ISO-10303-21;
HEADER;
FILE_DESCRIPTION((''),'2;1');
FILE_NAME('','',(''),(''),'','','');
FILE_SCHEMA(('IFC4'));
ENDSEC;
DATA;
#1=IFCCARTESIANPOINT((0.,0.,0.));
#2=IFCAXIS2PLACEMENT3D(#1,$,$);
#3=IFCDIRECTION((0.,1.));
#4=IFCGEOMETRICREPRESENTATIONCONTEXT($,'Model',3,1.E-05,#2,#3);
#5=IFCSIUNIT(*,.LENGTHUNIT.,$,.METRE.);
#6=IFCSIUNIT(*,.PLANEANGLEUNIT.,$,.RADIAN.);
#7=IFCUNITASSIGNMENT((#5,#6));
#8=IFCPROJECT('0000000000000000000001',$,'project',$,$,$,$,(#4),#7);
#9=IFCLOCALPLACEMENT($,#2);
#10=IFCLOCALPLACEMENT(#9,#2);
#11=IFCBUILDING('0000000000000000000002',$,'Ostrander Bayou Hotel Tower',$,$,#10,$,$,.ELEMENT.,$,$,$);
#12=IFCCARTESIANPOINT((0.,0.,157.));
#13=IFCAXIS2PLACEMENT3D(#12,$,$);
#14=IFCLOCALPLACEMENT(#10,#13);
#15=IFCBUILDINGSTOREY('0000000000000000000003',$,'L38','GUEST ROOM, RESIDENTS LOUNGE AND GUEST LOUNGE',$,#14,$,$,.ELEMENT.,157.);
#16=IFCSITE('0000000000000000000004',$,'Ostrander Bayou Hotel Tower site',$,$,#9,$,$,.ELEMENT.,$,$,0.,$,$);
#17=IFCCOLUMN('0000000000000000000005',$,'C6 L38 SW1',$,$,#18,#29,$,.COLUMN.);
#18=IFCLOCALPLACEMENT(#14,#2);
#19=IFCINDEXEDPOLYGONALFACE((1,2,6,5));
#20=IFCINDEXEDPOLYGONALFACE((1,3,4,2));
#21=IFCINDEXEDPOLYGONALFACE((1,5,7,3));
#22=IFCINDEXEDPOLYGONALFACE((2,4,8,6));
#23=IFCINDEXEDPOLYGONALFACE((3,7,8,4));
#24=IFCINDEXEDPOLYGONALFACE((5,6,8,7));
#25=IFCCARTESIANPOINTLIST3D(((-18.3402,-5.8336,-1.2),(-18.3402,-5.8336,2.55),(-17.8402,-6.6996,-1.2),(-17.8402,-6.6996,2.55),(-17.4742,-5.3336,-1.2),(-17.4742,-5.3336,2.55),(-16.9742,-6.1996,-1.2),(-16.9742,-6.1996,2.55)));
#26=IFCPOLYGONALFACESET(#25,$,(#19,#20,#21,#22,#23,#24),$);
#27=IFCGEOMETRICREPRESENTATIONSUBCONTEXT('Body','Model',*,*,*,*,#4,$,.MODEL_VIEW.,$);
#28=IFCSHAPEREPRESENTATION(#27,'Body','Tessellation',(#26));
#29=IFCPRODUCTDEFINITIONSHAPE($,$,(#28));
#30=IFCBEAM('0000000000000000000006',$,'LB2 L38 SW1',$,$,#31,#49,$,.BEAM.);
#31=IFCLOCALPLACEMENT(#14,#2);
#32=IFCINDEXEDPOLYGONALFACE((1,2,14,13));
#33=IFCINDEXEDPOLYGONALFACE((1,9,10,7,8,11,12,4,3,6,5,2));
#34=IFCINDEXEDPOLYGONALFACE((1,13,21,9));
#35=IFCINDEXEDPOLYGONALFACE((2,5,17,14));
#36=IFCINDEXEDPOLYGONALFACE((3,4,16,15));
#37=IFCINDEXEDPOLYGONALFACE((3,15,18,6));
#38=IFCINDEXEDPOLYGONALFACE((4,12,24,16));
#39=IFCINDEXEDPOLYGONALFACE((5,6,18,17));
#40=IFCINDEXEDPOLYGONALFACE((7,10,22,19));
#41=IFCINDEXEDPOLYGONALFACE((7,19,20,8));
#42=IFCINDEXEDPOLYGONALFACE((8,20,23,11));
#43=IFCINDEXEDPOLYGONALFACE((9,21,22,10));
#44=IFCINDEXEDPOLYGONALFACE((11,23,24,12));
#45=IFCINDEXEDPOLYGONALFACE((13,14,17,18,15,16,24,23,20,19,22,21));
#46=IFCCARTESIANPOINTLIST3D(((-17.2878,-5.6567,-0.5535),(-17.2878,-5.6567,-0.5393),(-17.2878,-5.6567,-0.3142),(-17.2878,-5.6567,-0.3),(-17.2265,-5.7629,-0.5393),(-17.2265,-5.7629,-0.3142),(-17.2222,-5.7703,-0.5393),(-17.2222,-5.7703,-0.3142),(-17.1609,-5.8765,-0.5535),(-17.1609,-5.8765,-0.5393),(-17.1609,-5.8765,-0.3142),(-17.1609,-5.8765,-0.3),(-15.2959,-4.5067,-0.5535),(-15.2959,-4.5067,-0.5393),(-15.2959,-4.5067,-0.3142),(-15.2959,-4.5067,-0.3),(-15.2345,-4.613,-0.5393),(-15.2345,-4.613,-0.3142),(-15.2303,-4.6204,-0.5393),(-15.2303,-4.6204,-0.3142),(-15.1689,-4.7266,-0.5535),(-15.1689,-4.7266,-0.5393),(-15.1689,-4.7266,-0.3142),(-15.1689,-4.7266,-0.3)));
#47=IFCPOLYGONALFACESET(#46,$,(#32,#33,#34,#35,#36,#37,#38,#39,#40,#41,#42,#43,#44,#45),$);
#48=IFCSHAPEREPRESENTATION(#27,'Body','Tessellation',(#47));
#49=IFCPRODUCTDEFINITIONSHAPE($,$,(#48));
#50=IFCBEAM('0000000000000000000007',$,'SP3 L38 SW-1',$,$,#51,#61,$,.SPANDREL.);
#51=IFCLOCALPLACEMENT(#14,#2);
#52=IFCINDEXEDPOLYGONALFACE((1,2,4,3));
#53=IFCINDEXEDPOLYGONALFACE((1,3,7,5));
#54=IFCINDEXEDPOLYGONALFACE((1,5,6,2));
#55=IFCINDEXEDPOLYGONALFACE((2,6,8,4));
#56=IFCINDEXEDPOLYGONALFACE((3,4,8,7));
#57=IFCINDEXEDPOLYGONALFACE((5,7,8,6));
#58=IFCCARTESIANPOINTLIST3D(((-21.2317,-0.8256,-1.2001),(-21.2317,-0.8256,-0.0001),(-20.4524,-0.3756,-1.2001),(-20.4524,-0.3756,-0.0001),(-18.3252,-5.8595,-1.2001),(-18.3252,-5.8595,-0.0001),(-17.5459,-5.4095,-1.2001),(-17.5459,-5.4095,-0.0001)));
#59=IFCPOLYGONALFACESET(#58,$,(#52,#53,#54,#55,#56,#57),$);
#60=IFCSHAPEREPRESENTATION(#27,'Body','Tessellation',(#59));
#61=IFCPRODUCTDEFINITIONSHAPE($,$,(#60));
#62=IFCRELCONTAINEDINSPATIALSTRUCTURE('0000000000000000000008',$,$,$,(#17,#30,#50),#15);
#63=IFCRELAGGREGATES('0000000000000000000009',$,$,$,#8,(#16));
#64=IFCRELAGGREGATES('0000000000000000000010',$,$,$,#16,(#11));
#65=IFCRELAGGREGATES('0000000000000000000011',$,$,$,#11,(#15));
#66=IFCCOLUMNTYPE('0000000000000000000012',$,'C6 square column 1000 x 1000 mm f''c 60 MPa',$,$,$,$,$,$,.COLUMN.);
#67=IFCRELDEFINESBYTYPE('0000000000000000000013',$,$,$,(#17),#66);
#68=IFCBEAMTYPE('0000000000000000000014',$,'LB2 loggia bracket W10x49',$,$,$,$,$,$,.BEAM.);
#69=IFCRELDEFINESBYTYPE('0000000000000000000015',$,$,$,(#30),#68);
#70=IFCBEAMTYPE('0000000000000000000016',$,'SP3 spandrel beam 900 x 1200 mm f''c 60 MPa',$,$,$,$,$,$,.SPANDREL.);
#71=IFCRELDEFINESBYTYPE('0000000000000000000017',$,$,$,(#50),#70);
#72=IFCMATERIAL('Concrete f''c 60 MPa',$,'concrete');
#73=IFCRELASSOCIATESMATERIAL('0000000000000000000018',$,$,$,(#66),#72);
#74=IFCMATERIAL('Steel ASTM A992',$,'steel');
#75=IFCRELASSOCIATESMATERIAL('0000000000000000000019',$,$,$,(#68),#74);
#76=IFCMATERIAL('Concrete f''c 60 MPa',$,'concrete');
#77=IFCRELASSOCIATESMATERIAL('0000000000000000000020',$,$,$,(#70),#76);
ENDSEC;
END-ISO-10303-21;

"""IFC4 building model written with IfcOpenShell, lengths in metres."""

from ifc_helpers import new_model, si_unit, direction, frame, origin, origin_2d, place, context, subcontext, project, spatial, rectangle, i_section, extrude, material, material_profile, profile_set, type_object, element, save


model = new_model("IFC4")

# Units and contexts
model_context = context("Model", 3, precision=1e-05, world=origin(), true_north=direction((0.0, 1.0)))
body_context = subcontext(model_context, "Body", "Model", "MODEL_VIEW")
ifc_project = project(units=[si_unit("LENGTHUNIT", "METRE"), si_unit("PLANEANGLEUNIT", "RADIAN")], contexts=[model_context])

# Site, building, storey
site_placement = place(None, origin())
site = spatial("IfcSite", under=ifc_project, at=site_placement, Name="Ostrander Bayou Hotel Tower site", CompositionType="ELEMENT", RefElevation=0.0)
building_placement = place(site_placement, origin())
building = spatial("IfcBuilding", under=site, at=building_placement, Name="Ostrander Bayou Hotel Tower", CompositionType="ELEMENT")
storey_placement = place(building_placement, frame((0.0, 0.0, 157.0)))
storey = spatial("IfcBuildingStorey", under=building, at=storey_placement, Name="L38", Description="GUEST ROOM, RESIDENTS LOUNGE AND GUEST LOUNGE", CompositionType="ELEMENT", Elevation=157.0)

# Column
ifc_material_1 = material(Name="Concrete f'c 60 MPa", Category="concrete")
ifc_material_profile_1 = material_profile(ifc_material_1, rectangle(XDim=1.0, YDim=1.0, at=origin_2d()))
ifc_profile_set_1 = profile_set([ifc_material_profile_1], Name="Concrete f'c 60 MPa")
column_type = type_object("IfcColumnType", Name="C6 square column 1000 x 1000 mm f'c 60 MPa", PredefinedType="COLUMN", material=ifc_profile_set_1)
column_placement = place(storey_placement, frame((-17.6572, -6.0166, -1.2), z_axis=(0.0, 0.0, 1.0), x_axis=(-0.5, 0.866025, 0.0)))
element("IfcColumn", 1, at=column_placement, inside=storey, type_object=column_type, Name="C6 L38 SW1", PredefinedType="COLUMN", context=body_context, shape_type="SweptSolid", body=[
    extrude(rectangle(XDim=1.0, YDim=1.0, at=origin_2d()), origin(), (0.0, 0.0, 1.0), 3.75),
])

# Beams
ifc_material_2 = material(Name="Steel ASTM A992", Category="steel")
ifc_material_profile_2 = material_profile(ifc_material_2, i_section(OverallWidth=0.2539, OverallDepth=0.2534, WebThickness=0.0085, FlangeThickness=0.0142, at=origin_2d()))
ifc_profile_set_2 = profile_set([ifc_material_profile_2], Name="Steel ASTM A992")
beam_type_1 = type_object("IfcBeamType", Name="LB2 loggia bracket W10x49", PredefinedType="BEAM", material=ifc_profile_set_2)
beam_1_placement = place(storey_placement, frame((-17.2244, -5.7666, -0.4268), z_axis=(0.866053, 0.499952, 0.0), x_axis=(-0.499952, 0.866053, 0.0)))
element("IfcBeam", 2, at=beam_1_placement, inside=storey, type_object=beam_type_1, Name="LB2 L38 SW1", PredefinedType="BEAM", context=body_context, shape_type="SweptSolid", body=[
    extrude(i_section(OverallWidth=0.2539, OverallDepth=0.2534, WebThickness=0.0085, FlangeThickness=0.0142, at=origin_2d()), origin(), (0.0, 0.0, 1.0), 2.3),
])
ifc_material_3 = material(Name="Concrete f'c 60 MPa", Category="concrete")
ifc_material_profile_3 = material_profile(ifc_material_3, rectangle(XDim=0.8999, YDim=1.2, at=origin_2d()))
ifc_profile_set_3 = profile_set([ifc_material_profile_3], Name="Concrete f'c 60 MPa")
beam_type_2 = type_object("IfcBeamType", Name="SP3 spandrel beam 900 x 1200 mm f'c 60 MPa", PredefinedType="SPANDREL", material=ifc_profile_set_3)
beam_2_placement = place(storey_placement, frame((-20.842, -0.6006, -0.6001), z_axis=(0.500019, -0.866014, 0.0), x_axis=(0.866014, 0.500019, 0.0)))
element("IfcBeam", 3, at=beam_2_placement, inside=storey, type_object=beam_type_2, Name="SP3 L38 SW-1", PredefinedType="SPANDREL", context=body_context, shape_type="SweptSolid", body=[
    extrude(rectangle(XDim=0.8999, YDim=1.2, at=origin_2d()), origin(), (0.0, 0.0, 1.0), 5.8127),
])

save(model, "model.ifc")
